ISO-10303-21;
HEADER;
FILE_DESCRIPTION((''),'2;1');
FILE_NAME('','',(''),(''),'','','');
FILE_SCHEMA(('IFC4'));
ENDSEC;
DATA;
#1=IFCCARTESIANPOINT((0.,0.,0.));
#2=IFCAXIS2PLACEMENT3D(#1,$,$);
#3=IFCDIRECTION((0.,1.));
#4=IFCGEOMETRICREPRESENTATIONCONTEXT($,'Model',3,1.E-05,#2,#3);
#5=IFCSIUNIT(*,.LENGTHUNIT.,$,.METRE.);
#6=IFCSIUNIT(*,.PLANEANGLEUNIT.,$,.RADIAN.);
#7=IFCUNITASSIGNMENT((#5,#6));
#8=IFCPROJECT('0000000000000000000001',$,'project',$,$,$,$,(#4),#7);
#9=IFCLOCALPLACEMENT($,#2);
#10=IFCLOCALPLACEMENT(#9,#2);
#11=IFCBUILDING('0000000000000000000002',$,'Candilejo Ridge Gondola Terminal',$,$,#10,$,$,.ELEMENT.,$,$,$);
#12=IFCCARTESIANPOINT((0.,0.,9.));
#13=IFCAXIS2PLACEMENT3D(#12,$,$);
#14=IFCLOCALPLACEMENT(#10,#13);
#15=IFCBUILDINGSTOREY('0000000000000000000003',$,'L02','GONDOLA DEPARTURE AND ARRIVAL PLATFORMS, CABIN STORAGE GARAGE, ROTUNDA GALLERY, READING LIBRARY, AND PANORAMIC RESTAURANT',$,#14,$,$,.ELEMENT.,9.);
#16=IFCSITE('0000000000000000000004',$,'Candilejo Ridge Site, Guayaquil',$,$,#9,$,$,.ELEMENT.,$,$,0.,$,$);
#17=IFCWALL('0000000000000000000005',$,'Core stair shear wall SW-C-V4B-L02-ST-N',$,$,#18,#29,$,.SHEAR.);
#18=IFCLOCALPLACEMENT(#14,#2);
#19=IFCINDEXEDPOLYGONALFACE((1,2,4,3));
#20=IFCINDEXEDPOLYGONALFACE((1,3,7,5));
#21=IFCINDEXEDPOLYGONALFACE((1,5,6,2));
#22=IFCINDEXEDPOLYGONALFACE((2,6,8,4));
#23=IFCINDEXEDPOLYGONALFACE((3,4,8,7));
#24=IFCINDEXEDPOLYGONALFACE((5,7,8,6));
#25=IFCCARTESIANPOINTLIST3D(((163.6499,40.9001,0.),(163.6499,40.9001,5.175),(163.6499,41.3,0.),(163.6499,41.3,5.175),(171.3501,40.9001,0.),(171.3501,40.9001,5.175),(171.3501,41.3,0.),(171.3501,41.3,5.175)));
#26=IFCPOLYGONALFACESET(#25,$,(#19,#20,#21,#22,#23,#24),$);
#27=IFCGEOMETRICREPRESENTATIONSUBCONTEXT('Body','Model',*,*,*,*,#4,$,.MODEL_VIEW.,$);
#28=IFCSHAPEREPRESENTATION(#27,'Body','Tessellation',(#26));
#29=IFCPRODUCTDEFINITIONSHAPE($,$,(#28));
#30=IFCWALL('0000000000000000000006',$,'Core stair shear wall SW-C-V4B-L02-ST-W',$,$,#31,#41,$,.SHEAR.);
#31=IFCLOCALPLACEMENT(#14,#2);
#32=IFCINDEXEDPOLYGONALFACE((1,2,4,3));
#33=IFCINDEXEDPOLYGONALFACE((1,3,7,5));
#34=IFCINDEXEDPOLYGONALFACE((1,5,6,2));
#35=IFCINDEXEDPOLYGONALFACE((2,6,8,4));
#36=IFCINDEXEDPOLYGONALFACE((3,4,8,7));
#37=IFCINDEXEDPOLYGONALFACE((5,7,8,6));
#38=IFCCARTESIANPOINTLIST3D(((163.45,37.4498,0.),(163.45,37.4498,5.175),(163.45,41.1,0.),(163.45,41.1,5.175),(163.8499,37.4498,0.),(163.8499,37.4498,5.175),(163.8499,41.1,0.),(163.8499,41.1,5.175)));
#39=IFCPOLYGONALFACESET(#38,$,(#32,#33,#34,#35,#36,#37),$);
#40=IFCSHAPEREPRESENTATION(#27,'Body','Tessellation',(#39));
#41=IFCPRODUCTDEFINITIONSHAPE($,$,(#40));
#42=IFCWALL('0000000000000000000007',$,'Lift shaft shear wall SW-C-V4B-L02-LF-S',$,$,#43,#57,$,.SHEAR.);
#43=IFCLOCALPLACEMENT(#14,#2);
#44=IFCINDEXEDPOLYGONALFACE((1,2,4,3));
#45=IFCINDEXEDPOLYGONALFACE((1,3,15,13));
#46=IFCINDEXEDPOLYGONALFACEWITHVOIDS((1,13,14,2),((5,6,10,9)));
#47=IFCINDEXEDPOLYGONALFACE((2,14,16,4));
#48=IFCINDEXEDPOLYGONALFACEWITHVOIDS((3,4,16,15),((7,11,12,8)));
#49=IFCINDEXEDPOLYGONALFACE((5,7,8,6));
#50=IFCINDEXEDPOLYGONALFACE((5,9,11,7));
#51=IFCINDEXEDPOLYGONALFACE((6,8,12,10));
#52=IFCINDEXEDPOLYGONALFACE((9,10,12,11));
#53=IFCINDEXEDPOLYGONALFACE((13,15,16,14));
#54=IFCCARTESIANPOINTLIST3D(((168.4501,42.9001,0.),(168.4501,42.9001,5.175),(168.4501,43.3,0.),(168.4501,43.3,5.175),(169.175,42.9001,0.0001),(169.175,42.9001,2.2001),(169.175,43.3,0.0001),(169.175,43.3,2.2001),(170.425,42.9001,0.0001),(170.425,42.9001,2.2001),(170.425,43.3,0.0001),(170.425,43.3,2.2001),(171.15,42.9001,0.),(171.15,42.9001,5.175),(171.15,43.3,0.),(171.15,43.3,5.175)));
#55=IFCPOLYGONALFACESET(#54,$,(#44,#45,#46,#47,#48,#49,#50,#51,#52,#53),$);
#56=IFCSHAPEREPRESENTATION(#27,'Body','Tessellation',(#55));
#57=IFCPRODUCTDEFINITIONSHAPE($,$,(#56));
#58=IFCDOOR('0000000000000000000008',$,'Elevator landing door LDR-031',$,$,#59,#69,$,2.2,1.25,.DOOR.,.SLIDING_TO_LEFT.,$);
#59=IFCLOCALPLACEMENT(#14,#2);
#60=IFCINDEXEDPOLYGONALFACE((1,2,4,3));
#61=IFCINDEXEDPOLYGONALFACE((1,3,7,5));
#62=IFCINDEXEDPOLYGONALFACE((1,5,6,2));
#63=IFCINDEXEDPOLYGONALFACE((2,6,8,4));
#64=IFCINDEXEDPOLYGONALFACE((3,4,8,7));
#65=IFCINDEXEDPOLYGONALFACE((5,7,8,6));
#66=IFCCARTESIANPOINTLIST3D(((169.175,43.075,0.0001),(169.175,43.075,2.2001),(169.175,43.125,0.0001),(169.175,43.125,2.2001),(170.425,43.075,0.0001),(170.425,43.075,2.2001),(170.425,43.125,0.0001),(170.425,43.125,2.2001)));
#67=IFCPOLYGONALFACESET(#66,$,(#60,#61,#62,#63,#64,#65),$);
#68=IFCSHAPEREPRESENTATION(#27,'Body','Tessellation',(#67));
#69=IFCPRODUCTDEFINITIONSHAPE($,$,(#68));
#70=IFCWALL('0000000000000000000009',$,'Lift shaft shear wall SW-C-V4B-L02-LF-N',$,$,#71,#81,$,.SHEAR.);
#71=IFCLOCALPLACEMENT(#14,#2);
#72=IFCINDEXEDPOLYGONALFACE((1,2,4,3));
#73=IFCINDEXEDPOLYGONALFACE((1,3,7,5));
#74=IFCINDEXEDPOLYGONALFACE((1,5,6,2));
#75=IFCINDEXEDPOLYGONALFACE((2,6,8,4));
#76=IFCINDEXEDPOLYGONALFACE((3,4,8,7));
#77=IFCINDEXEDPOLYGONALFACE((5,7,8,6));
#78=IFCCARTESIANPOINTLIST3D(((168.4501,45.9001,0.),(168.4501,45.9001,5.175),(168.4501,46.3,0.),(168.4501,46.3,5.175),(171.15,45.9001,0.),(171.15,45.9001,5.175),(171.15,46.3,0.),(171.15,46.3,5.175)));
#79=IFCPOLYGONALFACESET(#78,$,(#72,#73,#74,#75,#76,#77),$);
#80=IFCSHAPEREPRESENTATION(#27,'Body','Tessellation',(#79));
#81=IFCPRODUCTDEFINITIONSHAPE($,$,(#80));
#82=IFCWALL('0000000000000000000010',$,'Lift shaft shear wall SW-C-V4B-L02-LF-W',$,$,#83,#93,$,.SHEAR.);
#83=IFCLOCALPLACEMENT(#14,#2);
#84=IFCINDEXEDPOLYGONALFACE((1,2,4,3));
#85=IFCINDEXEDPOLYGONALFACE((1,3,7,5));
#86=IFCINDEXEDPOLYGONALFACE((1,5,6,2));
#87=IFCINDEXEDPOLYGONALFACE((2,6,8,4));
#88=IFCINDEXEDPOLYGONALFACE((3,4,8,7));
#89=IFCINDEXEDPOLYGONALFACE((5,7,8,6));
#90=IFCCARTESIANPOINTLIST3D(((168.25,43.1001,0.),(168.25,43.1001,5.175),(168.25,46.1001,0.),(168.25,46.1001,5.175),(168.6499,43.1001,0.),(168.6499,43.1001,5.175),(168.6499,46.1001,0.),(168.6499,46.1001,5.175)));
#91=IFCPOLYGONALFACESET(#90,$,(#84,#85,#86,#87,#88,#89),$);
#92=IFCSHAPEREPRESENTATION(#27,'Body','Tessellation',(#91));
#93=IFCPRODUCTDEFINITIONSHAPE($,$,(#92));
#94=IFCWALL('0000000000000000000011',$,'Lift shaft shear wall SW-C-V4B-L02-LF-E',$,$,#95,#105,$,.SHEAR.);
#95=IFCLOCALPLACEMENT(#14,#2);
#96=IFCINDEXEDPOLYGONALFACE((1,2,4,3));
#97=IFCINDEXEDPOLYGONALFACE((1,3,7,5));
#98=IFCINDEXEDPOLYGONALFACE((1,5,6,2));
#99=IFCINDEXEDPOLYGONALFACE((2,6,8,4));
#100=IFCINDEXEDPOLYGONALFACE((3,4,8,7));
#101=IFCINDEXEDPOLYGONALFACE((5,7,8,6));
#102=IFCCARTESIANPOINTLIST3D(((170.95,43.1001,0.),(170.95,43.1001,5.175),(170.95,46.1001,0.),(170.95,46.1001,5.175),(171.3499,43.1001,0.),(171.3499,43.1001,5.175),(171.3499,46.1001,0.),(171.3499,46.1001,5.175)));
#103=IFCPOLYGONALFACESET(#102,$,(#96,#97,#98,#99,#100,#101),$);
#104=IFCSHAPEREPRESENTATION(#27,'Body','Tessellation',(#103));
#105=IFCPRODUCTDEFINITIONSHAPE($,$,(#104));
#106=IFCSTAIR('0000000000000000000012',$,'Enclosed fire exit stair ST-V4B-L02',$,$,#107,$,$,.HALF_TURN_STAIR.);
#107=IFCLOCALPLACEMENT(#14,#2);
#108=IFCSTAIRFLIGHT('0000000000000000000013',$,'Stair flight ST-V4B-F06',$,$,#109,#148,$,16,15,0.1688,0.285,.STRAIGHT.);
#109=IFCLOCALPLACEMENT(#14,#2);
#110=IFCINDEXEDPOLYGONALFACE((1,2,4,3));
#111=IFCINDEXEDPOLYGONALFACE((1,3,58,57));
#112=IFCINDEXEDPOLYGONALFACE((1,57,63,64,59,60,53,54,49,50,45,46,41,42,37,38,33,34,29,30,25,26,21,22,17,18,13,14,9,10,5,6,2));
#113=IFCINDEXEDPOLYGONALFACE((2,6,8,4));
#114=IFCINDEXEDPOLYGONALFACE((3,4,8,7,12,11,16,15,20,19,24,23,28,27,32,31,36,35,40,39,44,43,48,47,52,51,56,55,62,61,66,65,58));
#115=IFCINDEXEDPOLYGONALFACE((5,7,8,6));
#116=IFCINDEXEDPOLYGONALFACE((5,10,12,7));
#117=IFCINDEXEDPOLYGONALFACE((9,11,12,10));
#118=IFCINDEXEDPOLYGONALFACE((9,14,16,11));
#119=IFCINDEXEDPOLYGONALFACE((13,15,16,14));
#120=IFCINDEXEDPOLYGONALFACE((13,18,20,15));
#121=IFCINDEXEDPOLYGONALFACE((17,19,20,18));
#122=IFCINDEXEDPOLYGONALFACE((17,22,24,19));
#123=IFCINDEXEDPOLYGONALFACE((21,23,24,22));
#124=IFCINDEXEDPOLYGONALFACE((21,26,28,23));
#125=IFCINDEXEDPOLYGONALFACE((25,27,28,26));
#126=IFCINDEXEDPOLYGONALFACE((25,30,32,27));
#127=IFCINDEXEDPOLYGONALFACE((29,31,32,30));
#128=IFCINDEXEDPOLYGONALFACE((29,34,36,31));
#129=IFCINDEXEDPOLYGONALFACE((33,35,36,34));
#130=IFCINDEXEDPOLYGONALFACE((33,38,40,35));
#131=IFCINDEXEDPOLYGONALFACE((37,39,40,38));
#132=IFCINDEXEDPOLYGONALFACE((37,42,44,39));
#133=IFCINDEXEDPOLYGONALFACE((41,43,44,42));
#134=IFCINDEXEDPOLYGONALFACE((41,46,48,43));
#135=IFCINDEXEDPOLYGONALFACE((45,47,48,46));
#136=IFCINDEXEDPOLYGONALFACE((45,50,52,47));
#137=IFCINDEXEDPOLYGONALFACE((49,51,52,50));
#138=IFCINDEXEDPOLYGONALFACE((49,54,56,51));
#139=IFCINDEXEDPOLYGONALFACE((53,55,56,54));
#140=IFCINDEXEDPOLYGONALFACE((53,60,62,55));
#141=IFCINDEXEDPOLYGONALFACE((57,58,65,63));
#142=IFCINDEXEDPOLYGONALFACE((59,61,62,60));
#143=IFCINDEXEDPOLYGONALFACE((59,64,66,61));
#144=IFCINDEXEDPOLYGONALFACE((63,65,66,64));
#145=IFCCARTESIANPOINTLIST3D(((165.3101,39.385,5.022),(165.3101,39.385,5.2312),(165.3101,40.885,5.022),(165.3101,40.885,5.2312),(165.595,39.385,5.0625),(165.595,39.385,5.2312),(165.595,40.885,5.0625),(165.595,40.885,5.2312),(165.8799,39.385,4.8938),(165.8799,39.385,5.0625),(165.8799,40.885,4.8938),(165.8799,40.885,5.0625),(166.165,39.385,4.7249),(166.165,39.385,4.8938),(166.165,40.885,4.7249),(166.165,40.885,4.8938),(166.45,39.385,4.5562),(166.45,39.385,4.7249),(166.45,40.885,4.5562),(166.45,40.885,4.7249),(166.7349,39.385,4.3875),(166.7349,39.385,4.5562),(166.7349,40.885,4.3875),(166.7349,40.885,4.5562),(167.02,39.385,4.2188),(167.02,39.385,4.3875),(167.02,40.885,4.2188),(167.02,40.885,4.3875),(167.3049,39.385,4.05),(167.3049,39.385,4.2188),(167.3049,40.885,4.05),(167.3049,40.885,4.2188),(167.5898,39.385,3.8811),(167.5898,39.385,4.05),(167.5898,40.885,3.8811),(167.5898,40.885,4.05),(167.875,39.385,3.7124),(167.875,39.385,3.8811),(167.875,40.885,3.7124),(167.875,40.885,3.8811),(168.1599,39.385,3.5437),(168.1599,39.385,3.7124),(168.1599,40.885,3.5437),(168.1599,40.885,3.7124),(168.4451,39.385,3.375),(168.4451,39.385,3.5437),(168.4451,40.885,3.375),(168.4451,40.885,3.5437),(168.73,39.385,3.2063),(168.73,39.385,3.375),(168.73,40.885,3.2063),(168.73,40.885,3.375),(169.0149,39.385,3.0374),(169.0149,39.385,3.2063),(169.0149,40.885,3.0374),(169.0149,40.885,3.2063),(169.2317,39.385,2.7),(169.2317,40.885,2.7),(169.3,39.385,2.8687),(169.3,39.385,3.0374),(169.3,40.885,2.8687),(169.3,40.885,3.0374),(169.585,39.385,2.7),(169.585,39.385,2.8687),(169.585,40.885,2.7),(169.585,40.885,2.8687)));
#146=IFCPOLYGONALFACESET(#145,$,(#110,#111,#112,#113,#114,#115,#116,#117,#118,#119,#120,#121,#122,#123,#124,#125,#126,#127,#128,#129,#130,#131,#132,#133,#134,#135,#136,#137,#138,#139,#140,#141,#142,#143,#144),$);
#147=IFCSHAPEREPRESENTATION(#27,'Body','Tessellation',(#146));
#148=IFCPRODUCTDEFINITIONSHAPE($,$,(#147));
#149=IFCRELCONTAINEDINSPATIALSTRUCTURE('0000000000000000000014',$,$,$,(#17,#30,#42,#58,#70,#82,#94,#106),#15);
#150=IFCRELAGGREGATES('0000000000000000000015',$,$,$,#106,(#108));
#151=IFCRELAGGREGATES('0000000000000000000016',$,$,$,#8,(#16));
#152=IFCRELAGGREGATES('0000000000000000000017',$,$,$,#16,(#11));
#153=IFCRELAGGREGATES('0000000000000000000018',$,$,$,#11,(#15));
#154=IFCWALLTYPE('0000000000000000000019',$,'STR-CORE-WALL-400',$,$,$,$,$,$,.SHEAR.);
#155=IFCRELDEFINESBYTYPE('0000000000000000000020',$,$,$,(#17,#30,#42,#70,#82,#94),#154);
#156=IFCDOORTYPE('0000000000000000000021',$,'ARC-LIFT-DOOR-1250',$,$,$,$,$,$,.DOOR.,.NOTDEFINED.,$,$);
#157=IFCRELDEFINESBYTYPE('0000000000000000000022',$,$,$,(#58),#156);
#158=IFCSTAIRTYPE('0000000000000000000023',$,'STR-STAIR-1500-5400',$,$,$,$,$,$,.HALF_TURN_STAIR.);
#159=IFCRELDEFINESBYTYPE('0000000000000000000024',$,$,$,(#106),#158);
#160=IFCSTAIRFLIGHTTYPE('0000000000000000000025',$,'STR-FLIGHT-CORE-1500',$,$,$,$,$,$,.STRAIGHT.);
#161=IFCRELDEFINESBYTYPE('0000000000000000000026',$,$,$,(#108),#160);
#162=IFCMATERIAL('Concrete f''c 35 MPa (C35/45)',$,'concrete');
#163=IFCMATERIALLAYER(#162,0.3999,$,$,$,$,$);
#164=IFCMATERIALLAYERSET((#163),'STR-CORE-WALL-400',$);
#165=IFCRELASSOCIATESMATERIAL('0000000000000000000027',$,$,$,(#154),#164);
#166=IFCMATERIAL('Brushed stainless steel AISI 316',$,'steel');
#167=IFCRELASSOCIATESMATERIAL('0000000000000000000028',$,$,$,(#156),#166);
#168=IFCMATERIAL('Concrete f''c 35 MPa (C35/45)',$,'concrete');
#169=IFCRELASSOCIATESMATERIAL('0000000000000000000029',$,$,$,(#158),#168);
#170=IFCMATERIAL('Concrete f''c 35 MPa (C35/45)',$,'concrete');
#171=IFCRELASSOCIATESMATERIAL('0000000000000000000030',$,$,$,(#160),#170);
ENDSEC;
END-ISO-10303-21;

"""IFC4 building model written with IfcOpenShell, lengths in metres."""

from ifc_helpers import new_model, si_unit, direction, frame, frame_2d, origin, place, context, subcontext, project, spatial, polyline, rectangle, outline, extrude, material, layer, layer_set, type_object, element, fill, aggregate, save


model = new_model("IFC4")

# Units and contexts
model_context = context("Model", 3, precision=1e-05, world=origin(), true_north=direction((0.0, 1.0)))
body_context = subcontext(model_context, "Body", "Model", "MODEL_VIEW")
ifc_project = project(units=[si_unit("LENGTHUNIT", "METRE"), si_unit("PLANEANGLEUNIT", "RADIAN")], contexts=[model_context])

# Site, building, storey
site_placement = place(None, origin())
site = spatial("IfcSite", under=ifc_project, at=site_placement, Name="Candilejo Ridge Site, Guayaquil", CompositionType="ELEMENT", RefElevation=0.0)
building_placement = place(site_placement, origin())
building = spatial("IfcBuilding", under=site, at=building_placement, Name="Candilejo Ridge Gondola Terminal", CompositionType="ELEMENT")
storey_placement = place(building_placement, frame((0.0, 0.0, 9.0)))
storey = spatial("IfcBuildingStorey", under=building, at=storey_placement, Name="L02", Description="GONDOLA DEPARTURE AND ARRIVAL PLATFORMS, CABIN STORAGE GARAGE, ROTUNDA GALLERY, READING LIBRARY, AND PANORAMIC RESTAURANT", CompositionType="ELEMENT", Elevation=9.0)

# Walls
ifc_material_1 = material(Name="Concrete f'c 35 MPa (C35/45)", Category="concrete")
ifc_layer_1 = layer(ifc_material_1, 0.3999)
ifc_layer_set_1 = layer_set([ifc_layer_1], Name="STR-CORE-WALL-400")
wall_type_1 = type_object("IfcWallType", Name="STR-CORE-WALL-400", PredefinedType="SHEAR", material=ifc_layer_set_1)
wall_1_placement = place(storey_placement, frame((171.3501, 41.1001, 0.0), z_axis=(0.0, 0.0, 1.0), x_axis=(-1.0, 0.0, 0.0)))
element("IfcWall", 1, at=wall_1_placement, inside=storey, type_object=wall_type_1, Name="Core stair shear wall SW-C-V4B-L02-ST-N", PredefinedType="SHEAR", context=body_context, shape_type="SweptSolid", body=[
    extrude(rectangle(XDim=7.7002, YDim=0.3999, at=frame_2d((3.8501, 0.0))), origin(), (0.0, 0.0, 1.0), 5.175),
])
wall_2_placement = place(storey_placement, frame((163.6499, 41.1001, 0.0), z_axis=(0.0, 0.0, 1.0), x_axis=(0.0, -1.0, 0.0)))
element("IfcWall", 2, at=wall_2_placement, inside=storey, type_object=wall_type_1, Name="Core stair shear wall SW-C-V4B-L02-ST-W", PredefinedType="SHEAR", context=body_context, shape_type="SweptSolid", body=[
    extrude(rectangle(XDim=3.6501, YDim=0.3999, at=frame_2d((1.8252, 0.0))), origin(), (0.0, 0.0, 1.0), 5.175),
])

# Wall, opening, door
wall_3_placement = place(storey_placement, frame((168.45, 43.1001, 0.0), z_axis=(0.0, 0.0, 1.0), x_axis=(1.0, 0.0, 0.0)))
wall_3 = element("IfcWall", 3, at=wall_3_placement, inside=storey, type_object=wall_type_1, Name="Lift shaft shear wall SW-C-V4B-L02-LF-S", PredefinedType="SHEAR", context=body_context, shape_type="SweptSolid", body=[
    extrude(rectangle(XDim=2.7, YDim=0.3999, at=frame_2d((1.3501, 0.0))), origin(), (0.0, 0.0, 1.0), 5.175),
])
opening_placement = place(wall_3_placement, frame((0.7251, 0.0, 0.0)))
opening = element("IfcOpeningElement", 4, at=opening_placement, cuts=wall_3, PredefinedType="OPENING", context=body_context, shape_type="SweptSolid", body=[
    extrude(rectangle(XDim=1.25, YDim=2.2, at=frame_2d((0.625, 1.1001))), frame((0.0, 0.21, 0.0), z_axis=(0.0, -1.0, 0.0), x_axis=(1.0, 0.0, 0.0)), (0.0, 0.0, 1.0), 0.4199),
])
ifc_material_2 = material(Name="Brushed stainless steel AISI 316", Category="steel")
door_type = type_object("IfcDoorType", Name="ARC-LIFT-DOOR-1250", OperationType="NOTDEFINED", PredefinedType="DOOR", material=ifc_material_2)
door_placement = place(opening_placement, origin())
door = element("IfcDoor", 5, at=door_placement, inside=storey, type_object=door_type, Name="Elevator landing door LDR-031", OperationType="SLIDING_TO_LEFT", OverallHeight=2.2, OverallWidth=1.25, PredefinedType="DOOR", context=body_context, shape_type="SweptSolid", body=[
    extrude(rectangle(XDim=1.25, YDim=2.2, at=frame_2d((0.625, 1.1001))), frame((0.0, 0.0249, 0.0), z_axis=(0.0, -1.0, 0.0), x_axis=(1.0, 0.0, 0.0)), (0.0, 0.0, 1.0), 0.05),
])
fill(opening, door)

# Walls
wall_4_placement = place(storey_placement, frame((168.45, 46.1001, 0.0), z_axis=(0.0, 0.0, 1.0), x_axis=(1.0, 0.0, 0.0)))
element("IfcWall", 6, at=wall_4_placement, inside=storey, type_object=wall_type_1, Name="Lift shaft shear wall SW-C-V4B-L02-LF-N", PredefinedType="SHEAR", context=body_context, shape_type="SweptSolid", body=[
    extrude(rectangle(XDim=2.7, YDim=0.3999, at=frame_2d((1.3501, 0.0))), origin(), (0.0, 0.0, 1.0), 5.175),
])
for number, where, z_axis, x_axis, name in (
    (7, (168.45, 43.1001, 0.0), (0.0, 0.0, 1.0), (0.0, 1.0, 0.0), "Lift shaft shear wall SW-C-V4B-L02-LF-W"),
    (8, (171.1499, 43.1001, 0.0), (0.0, 0.0, 1.0), (0.0, 1.0, 0.0), "Lift shaft shear wall SW-C-V4B-L02-LF-E"),
):
    element("IfcWall", number, at=place(storey_placement, frame(where, z_axis=z_axis, x_axis=x_axis)), inside=storey, type_object=wall_type_1, Name=name, PredefinedType="SHEAR", context=body_context, shape_type="SweptSolid", body=[
        extrude(rectangle(XDim=3.0, YDim=0.3999, at=frame_2d((1.5, 0.0))), origin(), (0.0, 0.0, 1.0), 5.175),
    ])

# Stair, stair flight
ifc_material_3 = material(Name="Concrete f'c 35 MPa (C35/45)", Category="concrete")
stair_type = type_object("IfcStairType", Name="STR-STAIR-1500-5400", PredefinedType="HALF_TURN_STAIR", material=ifc_material_3)
stair_placement = place(storey_placement, origin())
stair = element("IfcStair", 9, at=stair_placement, inside=storey, type_object=stair_type, Name="Enclosed fire exit stair ST-V4B-L02", PredefinedType="HALF_TURN_STAIR")
ifc_material_4 = material(Name="Concrete f'c 35 MPa (C35/45)", Category="concrete")
stair_flight_type = type_object("IfcStairFlightType", Name="STR-FLIGHT-CORE-1500", PredefinedType="STRAIGHT", material=ifc_material_4)
stair_flight_placement = place(storey_placement, frame((169.585, 40.135, 2.7), z_axis=(0.0, 0.0, 1.0), x_axis=(-1.0, 0.0, 0.0)))
stair_flight = element("IfcStairFlight", 10, at=stair_flight_placement, type_object=stair_flight_type, Name="Stair flight ST-V4B-F06", NumberOfRisers=16, NumberOfTreads=15, PredefinedType="STRAIGHT", RiserHeight=0.1688, TreadLength=0.285, context=body_context, shape_type="SweptSolid", body=[
    extrude(outline(polyline([(0.0, 0.0), (0.0, 0.1687), (0.2849, 0.1687), (0.2849, 0.3374), (0.5701, 0.3374), (0.5701, 0.5063), (0.855, 0.5063), (0.855, 0.675), (1.1399, 0.675), (1.1399, 0.8438), (1.425, 0.8438), (1.425, 1.0125), (1.71, 1.0125), (1.71, 1.1812), (1.9951, 1.1812), (1.9951, 1.3501), (2.28, 1.3501), (2.28, 1.5188), (2.5649, 1.5188), (2.5649, 1.6875), (2.8501, 1.6875), (2.8501, 1.8562), (3.135, 1.8562), (3.135, 2.0249), (3.4199, 2.0249), (3.4199, 2.1938), (3.7051, 2.1938), (3.7051, 2.3625), (3.99, 2.3625), (3.99, 2.5312), (4.2749, 2.5312), (4.2749, 2.7), (4.2749, 2.322), (0.3533, 0.0), (0.0, 0.0)])), frame((0.0, 0.75, 0.0), z_axis=(0.0, -1.0, 0.0), x_axis=(1.0, 0.0, 0.0)), (0.0, 0.0, 1.0), 1.5),
])
aggregate(stair, [stair_flight])

save(model, "model.ifc")
